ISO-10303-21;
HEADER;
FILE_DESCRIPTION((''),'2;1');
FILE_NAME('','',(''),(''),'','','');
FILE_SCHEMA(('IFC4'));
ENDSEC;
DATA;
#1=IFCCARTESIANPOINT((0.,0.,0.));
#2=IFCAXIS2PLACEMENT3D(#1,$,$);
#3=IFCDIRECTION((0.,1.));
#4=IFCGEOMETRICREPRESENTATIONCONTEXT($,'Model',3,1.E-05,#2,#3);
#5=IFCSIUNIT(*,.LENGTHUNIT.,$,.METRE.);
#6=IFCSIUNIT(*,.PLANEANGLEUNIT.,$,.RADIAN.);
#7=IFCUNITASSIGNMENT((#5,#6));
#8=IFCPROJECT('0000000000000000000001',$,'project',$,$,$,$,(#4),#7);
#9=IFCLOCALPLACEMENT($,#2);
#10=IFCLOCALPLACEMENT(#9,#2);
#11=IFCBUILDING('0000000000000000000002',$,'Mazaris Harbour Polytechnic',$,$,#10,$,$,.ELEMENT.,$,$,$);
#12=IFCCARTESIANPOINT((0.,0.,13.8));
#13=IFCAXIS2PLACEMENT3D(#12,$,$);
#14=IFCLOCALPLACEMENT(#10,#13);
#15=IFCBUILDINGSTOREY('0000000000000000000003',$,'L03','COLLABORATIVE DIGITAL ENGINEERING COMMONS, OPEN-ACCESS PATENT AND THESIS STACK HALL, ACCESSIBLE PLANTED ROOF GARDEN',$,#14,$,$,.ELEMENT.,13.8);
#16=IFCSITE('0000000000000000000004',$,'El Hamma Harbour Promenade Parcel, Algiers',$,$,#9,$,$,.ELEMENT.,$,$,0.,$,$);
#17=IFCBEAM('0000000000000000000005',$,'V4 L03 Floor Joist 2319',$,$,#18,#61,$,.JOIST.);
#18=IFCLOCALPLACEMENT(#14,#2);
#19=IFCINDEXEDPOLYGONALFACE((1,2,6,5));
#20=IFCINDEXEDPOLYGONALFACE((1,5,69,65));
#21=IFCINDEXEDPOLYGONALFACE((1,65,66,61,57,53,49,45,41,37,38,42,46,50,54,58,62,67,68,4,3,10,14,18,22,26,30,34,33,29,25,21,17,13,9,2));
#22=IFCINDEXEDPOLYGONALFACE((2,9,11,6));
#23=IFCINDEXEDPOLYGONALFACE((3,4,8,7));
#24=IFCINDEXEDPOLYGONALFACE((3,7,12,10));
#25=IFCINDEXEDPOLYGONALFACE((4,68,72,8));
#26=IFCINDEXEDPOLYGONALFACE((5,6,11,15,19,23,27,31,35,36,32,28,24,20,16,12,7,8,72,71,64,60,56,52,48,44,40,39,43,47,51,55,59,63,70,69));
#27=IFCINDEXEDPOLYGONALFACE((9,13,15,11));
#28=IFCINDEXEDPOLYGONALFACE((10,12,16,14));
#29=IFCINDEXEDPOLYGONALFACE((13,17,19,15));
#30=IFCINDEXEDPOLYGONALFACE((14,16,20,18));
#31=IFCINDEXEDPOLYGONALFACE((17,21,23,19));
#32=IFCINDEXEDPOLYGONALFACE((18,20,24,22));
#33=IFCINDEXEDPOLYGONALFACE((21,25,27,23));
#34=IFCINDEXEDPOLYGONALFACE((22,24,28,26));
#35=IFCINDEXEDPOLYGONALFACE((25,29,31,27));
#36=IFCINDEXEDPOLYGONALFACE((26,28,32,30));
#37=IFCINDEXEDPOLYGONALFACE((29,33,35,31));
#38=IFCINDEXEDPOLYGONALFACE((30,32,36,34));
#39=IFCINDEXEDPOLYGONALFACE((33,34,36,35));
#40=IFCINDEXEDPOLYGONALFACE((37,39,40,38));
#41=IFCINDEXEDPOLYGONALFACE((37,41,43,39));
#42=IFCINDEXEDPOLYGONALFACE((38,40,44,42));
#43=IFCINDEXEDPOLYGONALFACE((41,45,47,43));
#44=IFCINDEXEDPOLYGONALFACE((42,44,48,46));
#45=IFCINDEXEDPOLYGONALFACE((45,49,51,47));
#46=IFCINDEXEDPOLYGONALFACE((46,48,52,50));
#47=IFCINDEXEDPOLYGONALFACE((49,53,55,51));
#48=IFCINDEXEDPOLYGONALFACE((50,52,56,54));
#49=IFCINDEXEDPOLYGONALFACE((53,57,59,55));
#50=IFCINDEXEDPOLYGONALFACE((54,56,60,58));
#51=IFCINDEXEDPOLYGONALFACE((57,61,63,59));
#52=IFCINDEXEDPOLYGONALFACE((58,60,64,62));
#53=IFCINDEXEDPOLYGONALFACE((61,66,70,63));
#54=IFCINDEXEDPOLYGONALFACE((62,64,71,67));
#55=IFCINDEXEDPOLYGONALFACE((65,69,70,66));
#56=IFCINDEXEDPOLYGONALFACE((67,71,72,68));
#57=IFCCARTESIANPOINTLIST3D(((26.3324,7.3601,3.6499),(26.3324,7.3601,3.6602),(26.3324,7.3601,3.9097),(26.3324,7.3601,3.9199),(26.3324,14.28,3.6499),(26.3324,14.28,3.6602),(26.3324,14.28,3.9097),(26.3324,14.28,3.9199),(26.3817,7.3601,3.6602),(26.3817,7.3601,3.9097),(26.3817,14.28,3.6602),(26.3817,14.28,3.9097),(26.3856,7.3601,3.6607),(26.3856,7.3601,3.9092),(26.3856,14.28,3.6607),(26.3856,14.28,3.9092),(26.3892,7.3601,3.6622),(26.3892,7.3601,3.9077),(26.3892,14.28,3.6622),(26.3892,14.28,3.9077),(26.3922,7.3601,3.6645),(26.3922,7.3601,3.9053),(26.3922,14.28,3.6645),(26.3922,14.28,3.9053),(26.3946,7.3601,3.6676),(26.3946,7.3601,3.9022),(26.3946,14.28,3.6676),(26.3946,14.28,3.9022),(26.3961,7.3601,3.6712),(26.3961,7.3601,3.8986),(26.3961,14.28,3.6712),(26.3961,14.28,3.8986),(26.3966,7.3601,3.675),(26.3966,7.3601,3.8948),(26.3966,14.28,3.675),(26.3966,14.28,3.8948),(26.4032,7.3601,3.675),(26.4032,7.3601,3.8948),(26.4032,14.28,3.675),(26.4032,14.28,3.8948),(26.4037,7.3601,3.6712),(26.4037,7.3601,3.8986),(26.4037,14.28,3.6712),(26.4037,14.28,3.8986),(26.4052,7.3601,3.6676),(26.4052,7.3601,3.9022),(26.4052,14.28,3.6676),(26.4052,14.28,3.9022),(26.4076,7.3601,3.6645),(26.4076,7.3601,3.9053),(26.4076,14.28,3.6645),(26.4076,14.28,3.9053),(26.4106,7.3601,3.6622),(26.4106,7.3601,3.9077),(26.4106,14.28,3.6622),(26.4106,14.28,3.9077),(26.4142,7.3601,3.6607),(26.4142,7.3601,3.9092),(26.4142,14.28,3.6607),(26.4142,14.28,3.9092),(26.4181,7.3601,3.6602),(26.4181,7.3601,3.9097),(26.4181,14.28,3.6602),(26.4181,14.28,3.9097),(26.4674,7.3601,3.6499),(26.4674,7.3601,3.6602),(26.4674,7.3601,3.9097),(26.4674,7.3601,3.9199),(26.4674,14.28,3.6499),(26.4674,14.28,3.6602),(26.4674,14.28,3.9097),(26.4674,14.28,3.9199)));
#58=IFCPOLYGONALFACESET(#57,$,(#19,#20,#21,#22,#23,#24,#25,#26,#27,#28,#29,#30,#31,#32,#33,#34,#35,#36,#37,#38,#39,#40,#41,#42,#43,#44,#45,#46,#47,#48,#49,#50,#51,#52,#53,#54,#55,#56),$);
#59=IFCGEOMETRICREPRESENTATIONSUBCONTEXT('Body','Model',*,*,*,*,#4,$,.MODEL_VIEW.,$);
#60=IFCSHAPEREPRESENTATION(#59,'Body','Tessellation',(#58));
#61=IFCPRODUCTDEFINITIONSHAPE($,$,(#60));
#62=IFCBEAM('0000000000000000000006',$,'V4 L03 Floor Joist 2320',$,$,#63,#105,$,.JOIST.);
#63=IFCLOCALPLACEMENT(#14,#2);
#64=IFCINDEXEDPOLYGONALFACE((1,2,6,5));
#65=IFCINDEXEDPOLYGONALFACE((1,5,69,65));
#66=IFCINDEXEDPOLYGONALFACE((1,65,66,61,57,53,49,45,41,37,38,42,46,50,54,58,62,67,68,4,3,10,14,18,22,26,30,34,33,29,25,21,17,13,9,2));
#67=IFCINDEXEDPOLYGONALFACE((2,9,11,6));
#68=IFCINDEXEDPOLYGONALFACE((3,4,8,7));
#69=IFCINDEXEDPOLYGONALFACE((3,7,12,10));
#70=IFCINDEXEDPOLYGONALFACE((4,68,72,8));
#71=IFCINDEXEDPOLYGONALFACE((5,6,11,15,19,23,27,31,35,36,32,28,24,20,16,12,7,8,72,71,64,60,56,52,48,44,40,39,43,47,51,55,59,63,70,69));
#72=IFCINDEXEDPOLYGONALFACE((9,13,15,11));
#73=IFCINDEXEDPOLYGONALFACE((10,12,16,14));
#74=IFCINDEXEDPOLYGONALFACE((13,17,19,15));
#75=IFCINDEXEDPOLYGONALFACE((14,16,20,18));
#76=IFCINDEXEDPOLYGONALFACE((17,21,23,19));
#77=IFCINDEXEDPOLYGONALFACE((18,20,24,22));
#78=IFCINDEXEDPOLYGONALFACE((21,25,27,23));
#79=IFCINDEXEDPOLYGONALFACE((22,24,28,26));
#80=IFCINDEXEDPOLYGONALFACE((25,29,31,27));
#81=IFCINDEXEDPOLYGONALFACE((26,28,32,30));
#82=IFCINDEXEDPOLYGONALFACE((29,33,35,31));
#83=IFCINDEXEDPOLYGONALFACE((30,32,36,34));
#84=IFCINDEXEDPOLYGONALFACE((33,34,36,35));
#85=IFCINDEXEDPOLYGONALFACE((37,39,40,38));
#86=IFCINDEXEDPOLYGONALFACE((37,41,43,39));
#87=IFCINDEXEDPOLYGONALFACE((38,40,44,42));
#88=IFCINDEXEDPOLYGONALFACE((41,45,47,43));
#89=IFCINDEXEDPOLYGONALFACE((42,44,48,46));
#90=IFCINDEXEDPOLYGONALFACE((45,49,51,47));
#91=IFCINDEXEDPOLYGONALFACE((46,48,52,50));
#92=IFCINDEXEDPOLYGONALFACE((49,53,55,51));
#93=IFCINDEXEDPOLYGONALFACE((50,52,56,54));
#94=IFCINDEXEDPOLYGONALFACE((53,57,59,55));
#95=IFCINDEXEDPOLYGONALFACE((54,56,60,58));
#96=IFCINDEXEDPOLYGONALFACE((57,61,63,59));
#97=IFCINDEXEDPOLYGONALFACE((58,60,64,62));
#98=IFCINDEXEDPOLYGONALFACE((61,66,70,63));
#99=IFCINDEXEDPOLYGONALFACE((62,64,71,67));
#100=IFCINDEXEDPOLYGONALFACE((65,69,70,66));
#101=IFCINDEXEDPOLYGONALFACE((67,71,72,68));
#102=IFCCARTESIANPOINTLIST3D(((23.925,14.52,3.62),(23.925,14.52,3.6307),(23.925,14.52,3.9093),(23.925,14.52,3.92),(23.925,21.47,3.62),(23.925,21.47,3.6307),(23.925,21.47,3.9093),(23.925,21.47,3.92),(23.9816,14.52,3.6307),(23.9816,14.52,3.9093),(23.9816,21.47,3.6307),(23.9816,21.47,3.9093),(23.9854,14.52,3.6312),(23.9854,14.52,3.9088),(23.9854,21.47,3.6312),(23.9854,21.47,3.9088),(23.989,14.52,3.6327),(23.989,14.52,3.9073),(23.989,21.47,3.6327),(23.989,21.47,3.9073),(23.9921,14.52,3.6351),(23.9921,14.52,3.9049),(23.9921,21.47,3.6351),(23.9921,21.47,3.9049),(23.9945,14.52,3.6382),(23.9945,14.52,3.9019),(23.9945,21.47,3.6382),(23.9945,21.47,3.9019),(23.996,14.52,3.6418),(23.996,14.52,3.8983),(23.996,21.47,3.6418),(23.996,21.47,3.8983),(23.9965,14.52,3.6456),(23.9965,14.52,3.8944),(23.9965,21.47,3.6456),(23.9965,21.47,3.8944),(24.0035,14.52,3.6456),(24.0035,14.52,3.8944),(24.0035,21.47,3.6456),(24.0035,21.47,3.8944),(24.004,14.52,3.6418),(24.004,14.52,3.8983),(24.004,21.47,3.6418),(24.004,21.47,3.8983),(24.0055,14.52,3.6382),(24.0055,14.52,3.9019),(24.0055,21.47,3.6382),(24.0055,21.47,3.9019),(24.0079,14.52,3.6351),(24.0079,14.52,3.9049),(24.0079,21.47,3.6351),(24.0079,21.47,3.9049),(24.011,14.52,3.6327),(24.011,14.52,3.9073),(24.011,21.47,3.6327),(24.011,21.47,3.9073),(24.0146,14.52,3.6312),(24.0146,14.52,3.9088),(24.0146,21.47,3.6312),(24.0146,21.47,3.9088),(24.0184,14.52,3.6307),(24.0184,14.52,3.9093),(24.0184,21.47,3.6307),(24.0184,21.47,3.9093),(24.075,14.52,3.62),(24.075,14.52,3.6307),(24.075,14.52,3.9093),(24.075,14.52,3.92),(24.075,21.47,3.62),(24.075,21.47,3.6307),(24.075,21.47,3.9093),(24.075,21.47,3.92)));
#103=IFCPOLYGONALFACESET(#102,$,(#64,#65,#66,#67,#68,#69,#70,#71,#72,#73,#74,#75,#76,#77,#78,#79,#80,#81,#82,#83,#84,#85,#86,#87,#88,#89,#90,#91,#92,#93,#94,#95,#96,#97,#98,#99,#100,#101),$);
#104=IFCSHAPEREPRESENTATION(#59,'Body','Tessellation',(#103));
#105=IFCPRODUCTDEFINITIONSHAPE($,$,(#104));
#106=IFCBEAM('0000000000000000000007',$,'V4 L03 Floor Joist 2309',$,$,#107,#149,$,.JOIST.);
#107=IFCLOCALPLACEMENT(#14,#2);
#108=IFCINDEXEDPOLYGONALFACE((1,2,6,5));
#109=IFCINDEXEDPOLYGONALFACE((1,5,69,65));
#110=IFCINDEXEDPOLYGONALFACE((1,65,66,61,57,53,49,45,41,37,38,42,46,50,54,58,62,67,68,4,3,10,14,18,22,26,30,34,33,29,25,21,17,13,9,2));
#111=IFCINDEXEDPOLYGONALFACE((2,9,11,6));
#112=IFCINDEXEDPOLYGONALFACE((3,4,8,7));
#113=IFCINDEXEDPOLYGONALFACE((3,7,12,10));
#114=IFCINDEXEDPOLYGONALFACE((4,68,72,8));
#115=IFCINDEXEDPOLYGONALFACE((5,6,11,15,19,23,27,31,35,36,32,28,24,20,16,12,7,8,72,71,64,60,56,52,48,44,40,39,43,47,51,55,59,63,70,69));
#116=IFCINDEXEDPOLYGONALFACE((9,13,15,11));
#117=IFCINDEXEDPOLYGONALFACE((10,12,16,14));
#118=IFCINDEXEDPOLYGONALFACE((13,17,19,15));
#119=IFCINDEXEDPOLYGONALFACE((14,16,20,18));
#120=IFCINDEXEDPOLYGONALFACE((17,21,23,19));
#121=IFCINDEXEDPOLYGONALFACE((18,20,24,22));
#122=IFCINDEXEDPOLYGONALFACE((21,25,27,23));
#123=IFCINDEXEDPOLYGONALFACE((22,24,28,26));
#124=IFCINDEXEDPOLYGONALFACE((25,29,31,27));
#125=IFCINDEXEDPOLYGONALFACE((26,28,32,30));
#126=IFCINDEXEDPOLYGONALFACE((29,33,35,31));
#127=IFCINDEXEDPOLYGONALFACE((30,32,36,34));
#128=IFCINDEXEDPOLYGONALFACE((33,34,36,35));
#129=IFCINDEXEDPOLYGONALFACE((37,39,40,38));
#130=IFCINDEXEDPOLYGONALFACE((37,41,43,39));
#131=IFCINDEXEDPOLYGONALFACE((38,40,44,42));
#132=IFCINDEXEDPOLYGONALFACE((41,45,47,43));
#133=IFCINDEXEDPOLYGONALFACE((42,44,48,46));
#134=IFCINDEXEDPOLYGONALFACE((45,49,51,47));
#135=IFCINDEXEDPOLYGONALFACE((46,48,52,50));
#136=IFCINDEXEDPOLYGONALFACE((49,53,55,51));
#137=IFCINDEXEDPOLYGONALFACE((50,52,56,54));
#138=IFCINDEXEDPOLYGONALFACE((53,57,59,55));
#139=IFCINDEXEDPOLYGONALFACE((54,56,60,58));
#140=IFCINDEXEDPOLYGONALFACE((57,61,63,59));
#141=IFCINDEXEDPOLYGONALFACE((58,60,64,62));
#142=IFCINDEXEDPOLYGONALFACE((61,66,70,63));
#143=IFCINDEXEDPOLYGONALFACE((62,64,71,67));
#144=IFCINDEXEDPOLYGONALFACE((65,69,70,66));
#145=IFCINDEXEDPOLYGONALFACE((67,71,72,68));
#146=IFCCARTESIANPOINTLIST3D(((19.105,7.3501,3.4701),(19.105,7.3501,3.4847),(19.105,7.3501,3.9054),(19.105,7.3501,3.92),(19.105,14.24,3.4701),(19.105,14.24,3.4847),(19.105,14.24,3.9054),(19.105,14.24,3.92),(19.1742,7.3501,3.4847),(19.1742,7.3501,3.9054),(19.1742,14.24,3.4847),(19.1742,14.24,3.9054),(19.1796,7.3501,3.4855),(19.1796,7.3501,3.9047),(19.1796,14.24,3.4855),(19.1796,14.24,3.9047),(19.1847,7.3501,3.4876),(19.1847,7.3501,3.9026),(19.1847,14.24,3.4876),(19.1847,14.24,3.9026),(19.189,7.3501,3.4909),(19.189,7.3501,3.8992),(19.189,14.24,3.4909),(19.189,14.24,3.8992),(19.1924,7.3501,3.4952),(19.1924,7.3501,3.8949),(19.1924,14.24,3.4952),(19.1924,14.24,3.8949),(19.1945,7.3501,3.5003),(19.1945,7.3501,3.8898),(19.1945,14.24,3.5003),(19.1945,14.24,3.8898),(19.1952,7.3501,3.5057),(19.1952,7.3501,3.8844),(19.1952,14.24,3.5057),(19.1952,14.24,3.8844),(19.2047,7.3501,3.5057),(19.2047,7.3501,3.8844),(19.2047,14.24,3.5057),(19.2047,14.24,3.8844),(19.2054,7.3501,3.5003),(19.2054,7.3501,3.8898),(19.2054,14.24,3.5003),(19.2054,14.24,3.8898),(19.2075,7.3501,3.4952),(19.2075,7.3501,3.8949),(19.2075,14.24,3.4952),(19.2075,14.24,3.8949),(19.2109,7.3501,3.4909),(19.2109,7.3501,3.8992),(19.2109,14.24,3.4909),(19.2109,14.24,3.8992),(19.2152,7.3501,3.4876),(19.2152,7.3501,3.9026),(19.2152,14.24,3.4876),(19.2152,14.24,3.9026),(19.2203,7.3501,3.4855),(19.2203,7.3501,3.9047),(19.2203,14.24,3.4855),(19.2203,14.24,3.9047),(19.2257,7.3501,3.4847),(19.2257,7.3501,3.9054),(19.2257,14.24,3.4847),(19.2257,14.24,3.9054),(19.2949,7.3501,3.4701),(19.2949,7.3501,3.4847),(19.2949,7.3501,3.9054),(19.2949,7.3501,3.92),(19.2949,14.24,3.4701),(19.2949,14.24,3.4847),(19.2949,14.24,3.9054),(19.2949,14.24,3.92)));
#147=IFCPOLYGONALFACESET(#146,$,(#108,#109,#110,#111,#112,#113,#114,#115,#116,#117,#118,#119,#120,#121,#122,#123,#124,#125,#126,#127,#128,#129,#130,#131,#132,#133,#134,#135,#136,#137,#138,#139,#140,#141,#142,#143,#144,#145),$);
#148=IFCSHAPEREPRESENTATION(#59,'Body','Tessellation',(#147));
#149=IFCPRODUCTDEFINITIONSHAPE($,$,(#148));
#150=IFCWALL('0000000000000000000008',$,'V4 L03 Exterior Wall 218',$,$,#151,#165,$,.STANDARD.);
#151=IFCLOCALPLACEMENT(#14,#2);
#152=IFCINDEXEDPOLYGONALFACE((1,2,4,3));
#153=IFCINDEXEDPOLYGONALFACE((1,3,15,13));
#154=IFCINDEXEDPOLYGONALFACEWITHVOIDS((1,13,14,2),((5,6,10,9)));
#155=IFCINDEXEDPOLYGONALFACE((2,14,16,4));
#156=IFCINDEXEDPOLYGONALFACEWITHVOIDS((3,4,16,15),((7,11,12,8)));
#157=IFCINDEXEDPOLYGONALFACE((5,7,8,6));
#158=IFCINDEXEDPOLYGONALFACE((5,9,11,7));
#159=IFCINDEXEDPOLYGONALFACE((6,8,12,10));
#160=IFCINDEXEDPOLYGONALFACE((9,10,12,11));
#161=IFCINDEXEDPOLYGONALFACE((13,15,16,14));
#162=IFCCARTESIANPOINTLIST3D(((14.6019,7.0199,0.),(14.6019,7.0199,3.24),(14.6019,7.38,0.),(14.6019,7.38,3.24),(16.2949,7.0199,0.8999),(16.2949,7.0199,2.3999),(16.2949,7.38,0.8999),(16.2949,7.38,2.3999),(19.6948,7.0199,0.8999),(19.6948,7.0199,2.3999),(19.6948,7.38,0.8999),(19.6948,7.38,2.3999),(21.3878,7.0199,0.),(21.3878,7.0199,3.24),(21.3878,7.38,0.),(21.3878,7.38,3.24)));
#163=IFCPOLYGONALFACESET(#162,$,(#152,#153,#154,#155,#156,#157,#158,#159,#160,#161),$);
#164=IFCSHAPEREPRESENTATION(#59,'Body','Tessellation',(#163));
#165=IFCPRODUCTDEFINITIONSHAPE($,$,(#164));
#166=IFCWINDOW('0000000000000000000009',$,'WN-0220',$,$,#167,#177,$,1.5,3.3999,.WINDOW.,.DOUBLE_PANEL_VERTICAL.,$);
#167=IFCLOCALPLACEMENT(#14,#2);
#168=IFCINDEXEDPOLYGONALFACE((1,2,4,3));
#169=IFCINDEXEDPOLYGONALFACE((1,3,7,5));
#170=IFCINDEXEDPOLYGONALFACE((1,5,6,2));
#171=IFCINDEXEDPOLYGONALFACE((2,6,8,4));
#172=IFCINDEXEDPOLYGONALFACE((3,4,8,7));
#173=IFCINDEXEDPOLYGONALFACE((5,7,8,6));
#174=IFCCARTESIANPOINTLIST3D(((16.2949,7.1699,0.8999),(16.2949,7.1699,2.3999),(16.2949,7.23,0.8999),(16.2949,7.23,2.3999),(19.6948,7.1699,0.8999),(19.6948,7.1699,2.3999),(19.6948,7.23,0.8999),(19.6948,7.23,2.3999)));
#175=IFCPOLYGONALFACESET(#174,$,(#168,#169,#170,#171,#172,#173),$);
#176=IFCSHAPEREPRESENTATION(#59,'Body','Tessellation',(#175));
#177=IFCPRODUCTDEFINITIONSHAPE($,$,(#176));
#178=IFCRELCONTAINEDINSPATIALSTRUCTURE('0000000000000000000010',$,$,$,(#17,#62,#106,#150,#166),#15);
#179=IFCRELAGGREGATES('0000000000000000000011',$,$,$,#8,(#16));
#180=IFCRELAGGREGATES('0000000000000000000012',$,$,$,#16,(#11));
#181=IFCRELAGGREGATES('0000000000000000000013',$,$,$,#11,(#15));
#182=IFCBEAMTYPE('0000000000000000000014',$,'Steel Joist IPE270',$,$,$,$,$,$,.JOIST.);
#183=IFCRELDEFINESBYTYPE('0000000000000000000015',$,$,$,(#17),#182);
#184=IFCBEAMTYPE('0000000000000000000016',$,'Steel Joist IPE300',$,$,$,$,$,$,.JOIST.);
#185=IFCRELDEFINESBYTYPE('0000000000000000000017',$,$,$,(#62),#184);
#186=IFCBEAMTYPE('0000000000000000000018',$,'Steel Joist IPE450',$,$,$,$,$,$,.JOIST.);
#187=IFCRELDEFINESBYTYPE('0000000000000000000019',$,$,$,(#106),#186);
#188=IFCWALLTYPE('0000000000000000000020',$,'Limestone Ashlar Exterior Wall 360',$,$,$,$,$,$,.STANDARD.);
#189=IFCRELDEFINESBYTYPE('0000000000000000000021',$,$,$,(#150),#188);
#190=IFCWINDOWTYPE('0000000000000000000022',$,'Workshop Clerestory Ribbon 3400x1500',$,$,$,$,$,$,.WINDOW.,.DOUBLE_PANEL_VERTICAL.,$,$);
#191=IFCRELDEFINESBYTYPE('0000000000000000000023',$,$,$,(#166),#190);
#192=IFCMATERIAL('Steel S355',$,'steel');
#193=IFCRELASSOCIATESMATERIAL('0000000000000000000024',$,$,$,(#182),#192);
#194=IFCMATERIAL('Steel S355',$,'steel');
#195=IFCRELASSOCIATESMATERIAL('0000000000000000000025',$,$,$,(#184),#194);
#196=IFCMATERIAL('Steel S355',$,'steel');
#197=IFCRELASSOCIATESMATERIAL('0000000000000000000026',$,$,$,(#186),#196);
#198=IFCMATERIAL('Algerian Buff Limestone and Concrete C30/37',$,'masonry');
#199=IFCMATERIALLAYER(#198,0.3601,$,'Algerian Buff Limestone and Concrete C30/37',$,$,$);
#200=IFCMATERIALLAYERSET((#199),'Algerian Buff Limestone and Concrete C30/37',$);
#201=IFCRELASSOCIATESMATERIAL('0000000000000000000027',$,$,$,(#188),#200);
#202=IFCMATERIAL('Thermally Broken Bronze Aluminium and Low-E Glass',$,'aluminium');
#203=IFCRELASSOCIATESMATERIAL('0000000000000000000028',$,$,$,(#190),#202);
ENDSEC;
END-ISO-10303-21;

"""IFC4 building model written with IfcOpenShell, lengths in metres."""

from ifc_helpers import new_model, si_unit, direction, frame, frame_2d, origin, origin_2d, place, context, subcontext, project, spatial, rectangle, i_section, extrude, material, layer, layer_set, material_profile, profile_set, type_object, element, fill, save


model = new_model("IFC4")

# Units and contexts
model_context = context("Model", 3, precision=1e-05, world=origin(), true_north=direction((0.0, 1.0)))
body_context = subcontext(model_context, "Body", "Model", "MODEL_VIEW")
ifc_project = project(units=[si_unit("LENGTHUNIT", "METRE"), si_unit("PLANEANGLEUNIT", "RADIAN")], contexts=[model_context])

# Site, building, storey
site_placement = place(None, origin())
site = spatial("IfcSite", under=ifc_project, at=site_placement, Name="El Hamma Harbour Promenade Parcel, Algiers", CompositionType="ELEMENT", RefElevation=0.0)
building_placement = place(site_placement, origin())
building = spatial("IfcBuilding", under=site, at=building_placement, Name="Mazaris Harbour Polytechnic", CompositionType="ELEMENT")
storey_placement = place(building_placement, frame((0.0, 0.0, 13.8)))
storey = spatial("IfcBuildingStorey", under=building, at=storey_placement, Name="L03", Description="COLLABORATIVE DIGITAL ENGINEERING COMMONS, OPEN-ACCESS PATENT AND THESIS STACK HALL, ACCESSIBLE PLANTED ROOF GARDEN", CompositionType="ELEMENT", Elevation=13.8)

# Beams
ifc_material_1 = material(Name="Steel S355", Category="steel")
ifc_material_profile_1 = material_profile(ifc_material_1, i_section(OverallWidth=0.135, OverallDepth=0.27, WebThickness=0.0066, FlangeThickness=0.0103, FilletRadius=0.0149, at=origin_2d()), Name="IPE 270")
ifc_profile_set_1 = profile_set([ifc_material_profile_1], Name="Steel S355")
beam_type_1 = type_object("IfcBeamType", Name="Steel Joist IPE270", PredefinedType="JOIST", material=ifc_profile_set_1)
beam_1_placement = place(storey_placement, frame((26.3999, 7.3601, 3.7849), z_axis=(0.0, 1.0, 0.0), x_axis=(-1.0, 0.0, 0.0)))
element("IfcBeam", 1, at=beam_1_placement, inside=storey, type_object=beam_type_1, Name="V4 L03 Floor Joist 2319", PredefinedType="JOIST", context=body_context, shape_type="SweptSolid", body=[
    extrude(i_section(OverallWidth=0.135, OverallDepth=0.27, WebThickness=0.0066, FlangeThickness=0.0103, FilletRadius=0.0149, at=origin_2d()), origin(), (0.0, 0.0, 1.0), 6.9199),
])
ifc_material_2 = material(Name="Steel S355", Category="steel")
ifc_material_profile_2 = material_profile(ifc_material_2, i_section(OverallWidth=0.1499, OverallDepth=0.3, WebThickness=0.0071, FlangeThickness=0.0107, FilletRadius=0.0149, at=origin_2d()), Name="IPE 300")
ifc_profile_set_2 = profile_set([ifc_material_profile_2], Name="Steel S355")
beam_type_2 = type_object("IfcBeamType", Name="Steel Joist IPE300", PredefinedType="JOIST", material=ifc_profile_set_2)
beam_2_placement = place(storey_placement, frame((24.0, 14.52, 3.77), z_axis=(0.0, 1.0, 0.0), x_axis=(-1.0, 0.0, 0.0)))
element("IfcBeam", 2, at=beam_2_placement, inside=storey, type_object=beam_type_2, Name="V4 L03 Floor Joist 2320", PredefinedType="JOIST", context=body_context, shape_type="SweptSolid", body=[
    extrude(i_section(OverallWidth=0.1499, OverallDepth=0.3, WebThickness=0.0071, FlangeThickness=0.0107, FilletRadius=0.0149, at=origin_2d()), origin(), (0.0, 0.0, 1.0), 6.95),
])
ifc_material_3 = material(Name="Steel S355", Category="steel")
ifc_material_profile_3 = material_profile(ifc_material_3, i_section(OverallWidth=0.1899, OverallDepth=0.45, WebThickness=0.0095, FlangeThickness=0.0146, FilletRadius=0.021, at=origin_2d()), Name="IPE 450")
ifc_profile_set_3 = profile_set([ifc_material_profile_3], Name="Steel S355")
beam_type_3 = type_object("IfcBeamType", Name="Steel Joist IPE450", PredefinedType="JOIST", material=ifc_profile_set_3)
beam_3_placement = place(storey_placement, frame((19.2, 7.3501, 3.6951), z_axis=(0.0, 1.0, 0.0), x_axis=(-1.0, 0.0, 0.0)))
element("IfcBeam", 3, at=beam_3_placement, inside=storey, type_object=beam_type_3, Name="V4 L03 Floor Joist 2309", PredefinedType="JOIST", context=body_context, shape_type="SweptSolid", body=[
    extrude(i_section(OverallWidth=0.1899, OverallDepth=0.45, WebThickness=0.0095, FlangeThickness=0.0146, FilletRadius=0.021, at=origin_2d()), origin(), (0.0, 0.0, 1.0), 6.8899),
])

# Wall, opening, window
ifc_material_4 = material(Name="Algerian Buff Limestone and Concrete C30/37", Category="masonry")
ifc_layer_1 = layer(ifc_material_4, 0.3601, Name="Algerian Buff Limestone and Concrete C30/37")
ifc_layer_set_1 = layer_set([ifc_layer_1], Name="Algerian Buff Limestone and Concrete C30/37")
wall_type_1 = type_object("IfcWallType", Name="Limestone Ashlar Exterior Wall 360", PredefinedType="STANDARD", material=ifc_layer_set_1)
wall_1_placement = place(storey_placement, frame((21.3879, 7.2, 0.0), z_axis=(0.0, 0.0, 1.0), x_axis=(-1.0, 0.0, 0.0)))
wall_1 = element("IfcWall", 4, at=wall_1_placement, inside=storey, type_object=wall_type_1, Name="V4 L03 Exterior Wall 218", PredefinedType="STANDARD", context=body_context, shape_type="SweptSolid", body=[
    extrude(rectangle(XDim=6.7859, YDim=0.3601, at=frame_2d((3.3931, 0.0))), origin(), (0.0, 0.0, 1.0), 3.24),
])
opening_placement = place(wall_1_placement, frame((1.6931, 0.0, 0.8999)))
opening = element("IfcOpeningElement", 5, at=opening_placement, cuts=wall_1, PredefinedType="OPENING", context=body_context, shape_type="SweptSolid", body=[
    extrude(rectangle(XDim=3.3999, YDim=1.5, at=frame_2d((1.7, 0.75))), frame((0.0, 0.1899, 0.0), z_axis=(0.0, -1.0, 0.0), x_axis=(1.0, 0.0, 0.0)), (0.0, 0.0, 1.0), 0.3801),
])
ifc_material_5 = material(Name="Thermally Broken Bronze Aluminium and Low-E Glass", Category="aluminium")
window_type = type_object("IfcWindowType", Name="Workshop Clerestory Ribbon 3400x1500", PartitioningType="DOUBLE_PANEL_VERTICAL", PredefinedType="WINDOW", material=ifc_material_5)
window_placement = place(opening_placement, origin())
window = element("IfcWindow", 6, at=window_placement, inside=storey, type_object=window_type, Name="WN-0220", OverallHeight=1.5, OverallWidth=3.3999, PartitioningType="DOUBLE_PANEL_VERTICAL", PredefinedType="WINDOW", context=body_context, shape_type="SweptSolid", body=[
    extrude(rectangle(XDim=3.3999, YDim=1.5, at=frame_2d((1.7, 0.75))), frame((0.0, 0.03, 0.0), z_axis=(0.0, -1.0, 0.0), x_axis=(1.0, 0.0, 0.0)), (0.0, 0.0, 1.0), 0.0601),
])
fill(opening, window)

save(model, "model.ifc")
